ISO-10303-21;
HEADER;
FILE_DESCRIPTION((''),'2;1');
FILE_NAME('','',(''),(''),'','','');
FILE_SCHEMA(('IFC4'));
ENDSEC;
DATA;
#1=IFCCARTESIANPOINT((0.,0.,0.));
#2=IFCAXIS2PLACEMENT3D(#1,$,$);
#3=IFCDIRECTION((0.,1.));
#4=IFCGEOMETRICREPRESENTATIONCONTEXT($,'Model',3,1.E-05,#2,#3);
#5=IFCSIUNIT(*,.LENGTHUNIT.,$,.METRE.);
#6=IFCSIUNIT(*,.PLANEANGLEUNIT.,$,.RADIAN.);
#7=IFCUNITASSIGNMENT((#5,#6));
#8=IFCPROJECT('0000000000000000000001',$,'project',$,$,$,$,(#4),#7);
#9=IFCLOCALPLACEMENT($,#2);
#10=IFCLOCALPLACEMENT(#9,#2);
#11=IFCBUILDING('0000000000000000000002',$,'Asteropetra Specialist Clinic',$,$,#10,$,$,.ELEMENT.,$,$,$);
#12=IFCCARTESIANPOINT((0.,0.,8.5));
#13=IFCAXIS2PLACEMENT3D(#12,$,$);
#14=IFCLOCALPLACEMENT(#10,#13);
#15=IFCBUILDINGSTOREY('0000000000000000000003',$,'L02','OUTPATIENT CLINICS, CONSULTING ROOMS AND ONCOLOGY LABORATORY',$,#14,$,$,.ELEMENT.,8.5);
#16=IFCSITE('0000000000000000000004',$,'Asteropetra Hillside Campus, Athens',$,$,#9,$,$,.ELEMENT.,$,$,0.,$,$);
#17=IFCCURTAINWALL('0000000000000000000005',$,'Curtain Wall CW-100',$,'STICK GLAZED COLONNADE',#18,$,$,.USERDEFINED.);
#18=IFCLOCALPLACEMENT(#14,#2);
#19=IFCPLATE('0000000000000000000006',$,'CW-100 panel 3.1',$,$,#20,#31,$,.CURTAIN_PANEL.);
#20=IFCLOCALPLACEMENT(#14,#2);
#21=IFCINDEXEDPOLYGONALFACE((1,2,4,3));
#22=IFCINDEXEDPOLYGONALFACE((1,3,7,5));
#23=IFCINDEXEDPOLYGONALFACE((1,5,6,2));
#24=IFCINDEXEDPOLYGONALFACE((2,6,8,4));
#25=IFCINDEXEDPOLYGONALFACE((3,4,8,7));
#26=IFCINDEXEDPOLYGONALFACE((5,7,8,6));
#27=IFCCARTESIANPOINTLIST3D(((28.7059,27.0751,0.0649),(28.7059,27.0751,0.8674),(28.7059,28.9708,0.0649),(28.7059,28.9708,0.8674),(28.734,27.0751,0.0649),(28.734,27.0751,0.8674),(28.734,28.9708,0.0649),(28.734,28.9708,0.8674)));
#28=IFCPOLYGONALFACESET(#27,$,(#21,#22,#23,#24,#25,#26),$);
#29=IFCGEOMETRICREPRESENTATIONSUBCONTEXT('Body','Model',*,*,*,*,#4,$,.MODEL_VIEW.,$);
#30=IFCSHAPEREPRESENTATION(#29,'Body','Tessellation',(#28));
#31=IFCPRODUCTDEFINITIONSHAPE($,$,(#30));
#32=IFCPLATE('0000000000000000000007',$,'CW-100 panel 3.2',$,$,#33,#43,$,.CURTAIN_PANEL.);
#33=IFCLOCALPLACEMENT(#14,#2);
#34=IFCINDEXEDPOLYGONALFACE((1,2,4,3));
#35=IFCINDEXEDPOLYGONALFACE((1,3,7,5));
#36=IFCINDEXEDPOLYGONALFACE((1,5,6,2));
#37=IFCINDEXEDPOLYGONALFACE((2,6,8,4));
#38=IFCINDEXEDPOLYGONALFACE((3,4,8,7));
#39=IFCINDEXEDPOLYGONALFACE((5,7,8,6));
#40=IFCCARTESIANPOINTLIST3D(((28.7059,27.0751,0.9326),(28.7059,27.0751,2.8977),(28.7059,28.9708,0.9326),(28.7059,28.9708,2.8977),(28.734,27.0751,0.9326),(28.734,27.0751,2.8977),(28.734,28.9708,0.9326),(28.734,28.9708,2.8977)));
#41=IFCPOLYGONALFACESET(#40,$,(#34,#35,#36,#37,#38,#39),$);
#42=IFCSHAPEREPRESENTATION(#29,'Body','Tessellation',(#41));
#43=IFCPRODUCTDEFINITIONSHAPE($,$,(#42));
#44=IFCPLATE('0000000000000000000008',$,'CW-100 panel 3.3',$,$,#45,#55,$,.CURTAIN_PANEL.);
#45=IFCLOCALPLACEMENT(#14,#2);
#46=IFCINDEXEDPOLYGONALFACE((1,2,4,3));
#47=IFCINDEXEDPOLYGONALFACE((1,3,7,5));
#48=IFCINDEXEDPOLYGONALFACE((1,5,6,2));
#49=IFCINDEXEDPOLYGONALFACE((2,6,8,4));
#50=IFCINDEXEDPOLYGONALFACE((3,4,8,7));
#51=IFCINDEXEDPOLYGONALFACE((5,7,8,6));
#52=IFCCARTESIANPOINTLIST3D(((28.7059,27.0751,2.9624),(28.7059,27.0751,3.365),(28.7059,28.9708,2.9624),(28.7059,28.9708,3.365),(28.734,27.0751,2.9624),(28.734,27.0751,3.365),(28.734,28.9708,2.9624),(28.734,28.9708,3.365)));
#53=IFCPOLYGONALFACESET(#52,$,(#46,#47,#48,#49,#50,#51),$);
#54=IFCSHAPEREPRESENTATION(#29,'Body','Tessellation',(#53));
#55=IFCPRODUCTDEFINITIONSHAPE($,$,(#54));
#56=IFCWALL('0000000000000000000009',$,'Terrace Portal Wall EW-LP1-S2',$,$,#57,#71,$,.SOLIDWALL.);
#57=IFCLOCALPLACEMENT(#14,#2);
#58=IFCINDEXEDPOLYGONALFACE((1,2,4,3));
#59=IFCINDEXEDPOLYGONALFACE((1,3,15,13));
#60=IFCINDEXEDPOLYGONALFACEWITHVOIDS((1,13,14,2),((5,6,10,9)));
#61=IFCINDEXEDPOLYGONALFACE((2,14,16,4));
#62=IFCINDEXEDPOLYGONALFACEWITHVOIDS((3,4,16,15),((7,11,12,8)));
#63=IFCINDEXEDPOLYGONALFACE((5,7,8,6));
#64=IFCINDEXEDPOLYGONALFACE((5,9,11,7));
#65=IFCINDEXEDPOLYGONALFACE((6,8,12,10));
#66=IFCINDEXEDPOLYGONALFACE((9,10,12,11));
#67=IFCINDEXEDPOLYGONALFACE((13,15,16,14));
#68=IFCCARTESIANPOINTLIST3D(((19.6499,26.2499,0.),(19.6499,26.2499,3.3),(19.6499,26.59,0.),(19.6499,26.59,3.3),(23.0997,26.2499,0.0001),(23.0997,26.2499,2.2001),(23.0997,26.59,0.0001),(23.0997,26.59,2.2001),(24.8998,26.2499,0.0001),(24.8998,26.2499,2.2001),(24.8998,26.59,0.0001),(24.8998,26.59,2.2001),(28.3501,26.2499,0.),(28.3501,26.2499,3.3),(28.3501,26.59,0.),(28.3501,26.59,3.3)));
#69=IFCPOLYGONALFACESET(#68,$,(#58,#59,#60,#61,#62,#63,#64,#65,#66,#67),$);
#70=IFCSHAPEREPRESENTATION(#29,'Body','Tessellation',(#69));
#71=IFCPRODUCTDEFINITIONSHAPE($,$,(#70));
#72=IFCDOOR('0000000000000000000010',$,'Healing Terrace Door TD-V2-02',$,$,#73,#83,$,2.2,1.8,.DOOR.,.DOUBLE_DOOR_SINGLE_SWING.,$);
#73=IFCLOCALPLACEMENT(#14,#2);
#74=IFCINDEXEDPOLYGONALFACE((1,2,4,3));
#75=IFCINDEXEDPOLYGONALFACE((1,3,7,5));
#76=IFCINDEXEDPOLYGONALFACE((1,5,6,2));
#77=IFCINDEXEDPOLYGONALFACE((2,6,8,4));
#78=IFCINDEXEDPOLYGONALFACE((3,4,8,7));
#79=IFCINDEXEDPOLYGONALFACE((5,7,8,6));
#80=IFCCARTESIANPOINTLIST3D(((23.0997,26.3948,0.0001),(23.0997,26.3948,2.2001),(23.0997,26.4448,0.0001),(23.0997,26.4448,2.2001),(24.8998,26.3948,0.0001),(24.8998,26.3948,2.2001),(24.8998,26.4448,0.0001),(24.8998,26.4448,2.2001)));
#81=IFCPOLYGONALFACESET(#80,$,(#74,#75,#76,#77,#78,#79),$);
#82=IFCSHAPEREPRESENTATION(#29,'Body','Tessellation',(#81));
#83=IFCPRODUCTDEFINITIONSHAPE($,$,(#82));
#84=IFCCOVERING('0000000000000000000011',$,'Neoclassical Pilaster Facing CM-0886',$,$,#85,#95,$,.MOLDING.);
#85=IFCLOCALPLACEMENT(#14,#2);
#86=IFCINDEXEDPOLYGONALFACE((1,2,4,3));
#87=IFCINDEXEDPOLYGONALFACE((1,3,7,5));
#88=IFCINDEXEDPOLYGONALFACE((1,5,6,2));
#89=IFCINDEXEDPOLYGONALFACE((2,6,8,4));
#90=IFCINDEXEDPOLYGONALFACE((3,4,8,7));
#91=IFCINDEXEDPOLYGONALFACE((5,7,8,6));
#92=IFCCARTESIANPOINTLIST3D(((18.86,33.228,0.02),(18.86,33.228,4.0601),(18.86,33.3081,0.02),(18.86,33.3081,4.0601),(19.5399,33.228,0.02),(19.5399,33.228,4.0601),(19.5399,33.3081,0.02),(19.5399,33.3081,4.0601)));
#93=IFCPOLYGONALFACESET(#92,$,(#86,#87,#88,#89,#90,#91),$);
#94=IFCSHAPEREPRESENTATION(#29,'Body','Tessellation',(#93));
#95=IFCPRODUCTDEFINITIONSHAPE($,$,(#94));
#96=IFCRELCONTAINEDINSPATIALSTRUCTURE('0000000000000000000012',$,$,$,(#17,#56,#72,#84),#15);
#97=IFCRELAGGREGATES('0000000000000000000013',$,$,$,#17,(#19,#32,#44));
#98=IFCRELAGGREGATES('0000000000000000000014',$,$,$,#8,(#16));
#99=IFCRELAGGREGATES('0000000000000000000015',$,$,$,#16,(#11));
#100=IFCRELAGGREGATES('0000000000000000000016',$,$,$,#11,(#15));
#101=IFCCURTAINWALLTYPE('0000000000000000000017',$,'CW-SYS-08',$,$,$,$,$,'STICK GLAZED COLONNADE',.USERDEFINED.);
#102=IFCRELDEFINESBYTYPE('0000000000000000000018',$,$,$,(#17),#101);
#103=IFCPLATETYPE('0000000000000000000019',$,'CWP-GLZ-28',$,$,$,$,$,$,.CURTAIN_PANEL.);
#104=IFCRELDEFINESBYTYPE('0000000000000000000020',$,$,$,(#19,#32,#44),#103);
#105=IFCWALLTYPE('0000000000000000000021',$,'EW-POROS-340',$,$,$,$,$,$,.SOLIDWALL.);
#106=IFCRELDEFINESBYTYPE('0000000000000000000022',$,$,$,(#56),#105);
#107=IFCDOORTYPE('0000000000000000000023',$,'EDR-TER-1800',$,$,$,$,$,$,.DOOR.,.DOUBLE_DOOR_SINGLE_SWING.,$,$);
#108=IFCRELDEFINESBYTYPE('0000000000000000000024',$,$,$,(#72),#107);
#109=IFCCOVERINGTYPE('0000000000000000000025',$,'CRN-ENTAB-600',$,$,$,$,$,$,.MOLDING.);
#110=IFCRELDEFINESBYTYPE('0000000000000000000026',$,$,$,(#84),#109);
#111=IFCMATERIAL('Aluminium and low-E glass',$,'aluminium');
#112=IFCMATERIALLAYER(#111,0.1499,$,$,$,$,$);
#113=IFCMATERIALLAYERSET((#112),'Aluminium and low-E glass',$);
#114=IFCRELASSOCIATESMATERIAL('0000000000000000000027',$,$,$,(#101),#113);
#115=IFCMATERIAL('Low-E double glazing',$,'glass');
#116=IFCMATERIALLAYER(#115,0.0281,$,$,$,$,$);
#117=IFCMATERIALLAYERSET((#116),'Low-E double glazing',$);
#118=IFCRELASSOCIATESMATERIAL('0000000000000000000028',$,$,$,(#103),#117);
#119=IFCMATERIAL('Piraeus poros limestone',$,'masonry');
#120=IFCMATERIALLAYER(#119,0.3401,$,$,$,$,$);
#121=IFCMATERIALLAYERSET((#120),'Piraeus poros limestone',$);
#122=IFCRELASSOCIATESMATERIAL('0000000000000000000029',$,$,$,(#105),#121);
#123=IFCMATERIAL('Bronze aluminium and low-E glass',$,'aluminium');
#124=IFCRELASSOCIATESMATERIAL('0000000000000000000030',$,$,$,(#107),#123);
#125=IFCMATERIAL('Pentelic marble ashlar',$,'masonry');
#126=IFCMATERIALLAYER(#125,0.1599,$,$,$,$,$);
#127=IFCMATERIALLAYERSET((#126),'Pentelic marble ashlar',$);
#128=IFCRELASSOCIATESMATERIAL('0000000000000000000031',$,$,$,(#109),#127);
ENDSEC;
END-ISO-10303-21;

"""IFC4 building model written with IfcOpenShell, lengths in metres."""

from ifc_helpers import new_model, si_unit, direction, frame, frame_2d, origin, origin_2d, place, context, subcontext, project, spatial, rectangle, extrude, material, layer, layer_set, type_object, element, fill, aggregate, save


model = new_model("IFC4")

# Units and contexts
model_context = context("Model", 3, precision=1e-05, world=origin(), true_north=direction((0.0, 1.0)))
body_context = subcontext(model_context, "Body", "Model", "MODEL_VIEW")
ifc_project = project(units=[si_unit("LENGTHUNIT", "METRE"), si_unit("PLANEANGLEUNIT", "RADIAN")], contexts=[model_context])

# Site, building, storey
site_placement = place(None, origin())
site = spatial("IfcSite", under=ifc_project, at=site_placement, Name="Asteropetra Hillside Campus, Athens", CompositionType="ELEMENT", RefElevation=0.0)
building_placement = place(site_placement, origin())
building = spatial("IfcBuilding", under=site, at=building_placement, Name="Asteropetra Specialist Clinic", CompositionType="ELEMENT")
storey_placement = place(building_placement, frame((0.0, 0.0, 8.5)))
storey = spatial("IfcBuildingStorey", under=building, at=storey_placement, Name="L02", Description="OUTPATIENT CLINICS, CONSULTING ROOMS AND ONCOLOGY LABORATORY", CompositionType="ELEMENT", Elevation=8.5)

# Curtain wall
ifc_material_1 = material(Name="Aluminium and low-E glass", Category="aluminium")
ifc_layer_1 = layer(ifc_material_1, 0.1499)
ifc_layer_set_1 = layer_set([ifc_layer_1], Name="Aluminium and low-E glass")
curtain_wall_type = type_object("IfcCurtainWallType", Name="CW-SYS-08", ElementType="STICK GLAZED COLONNADE", PredefinedType="USERDEFINED", material=ifc_layer_set_1)
curtain_wall_placement = place(storey_placement, origin())
curtain_wall = element("IfcCurtainWall", 1, at=curtain_wall_placement, inside=storey, type_object=curtain_wall_type, Name="Curtain Wall CW-100", ObjectType="STICK GLAZED COLONNADE", PredefinedType="USERDEFINED")

# Plates
ifc_material_2 = material(Name="Low-E double glazing", Category="glass")
ifc_layer_2 = layer(ifc_material_2, 0.0281)
ifc_layer_set_2 = layer_set([ifc_layer_2], Name="Low-E double glazing")
plate_type = type_object("IfcPlateType", Name="CWP-GLZ-28", PredefinedType="CURTAIN_PANEL", material=ifc_layer_set_2)
plate_1_placement = place(storey_placement, frame((28.72, 28.0229, 0.0649), z_axis=(0.0, 0.0, 1.0), x_axis=(0.0, -1.0, 0.0)))
plate_1 = element("IfcPlate", 2, at=plate_1_placement, type_object=plate_type, Name="CW-100 panel 3.1", PredefinedType="CURTAIN_PANEL", context=body_context, shape_type="SweptSolid", body=[
    extrude(rectangle(XDim=1.8958, YDim=0.0281, at=origin_2d()), origin(), (0.0, 0.0, 1.0), 0.8025),
])
plate_2_placement = place(storey_placement, frame((28.72, 28.0229, 0.9326), z_axis=(0.0, 0.0, 1.0), x_axis=(0.0, -1.0, 0.0)))
plate_2 = element("IfcPlate", 3, at=plate_2_placement, type_object=plate_type, Name="CW-100 panel 3.2", PredefinedType="CURTAIN_PANEL", context=body_context, shape_type="SweptSolid", body=[
    extrude(rectangle(XDim=1.8958, YDim=0.0281, at=origin_2d()), origin(), (0.0, 0.0, 1.0), 1.9651),
])
plate_3_placement = place(storey_placement, frame((28.72, 28.0229, 2.9624), z_axis=(0.0, 0.0, 1.0), x_axis=(0.0, -1.0, 0.0)))
plate_3 = element("IfcPlate", 4, at=plate_3_placement, type_object=plate_type, Name="CW-100 panel 3.3", PredefinedType="CURTAIN_PANEL", context=body_context, shape_type="SweptSolid", body=[
    extrude(rectangle(XDim=1.8958, YDim=0.0281, at=origin_2d()), origin(), (0.0, 0.0, 1.0), 0.4026),
])
aggregate(curtain_wall, [plate_1, plate_2, plate_3])

# Wall, opening, door
ifc_material_3 = material(Name="Piraeus poros limestone", Category="masonry")
ifc_layer_3 = layer(ifc_material_3, 0.3401)
ifc_layer_set_3 = layer_set([ifc_layer_3], Name="Piraeus poros limestone")
wall_type = type_object("IfcWallType", Name="EW-POROS-340", PredefinedType="SOLIDWALL", material=ifc_layer_set_3)
wall_placement = place(storey_placement, frame((19.6499, 26.4199, 0.0), z_axis=(0.0, 0.0, 1.0), x_axis=(1.0, 0.0, 0.0)))
wall = element("IfcWall", 5, at=wall_placement, inside=storey, type_object=wall_type, Name="Terrace Portal Wall EW-LP1-S2", PredefinedType="SOLIDWALL", context=body_context, shape_type="SweptSolid", body=[
    extrude(rectangle(XDim=8.7002, YDim=0.3401, at=frame_2d((4.3501, 0.0))), origin(), (0.0, 0.0, 1.0), 3.3),
])
opening_placement = place(wall_placement, frame((3.45, 0.0, 0.0)))
opening = element("IfcOpeningElement", 6, at=opening_placement, cuts=wall, PredefinedType="OPENING", context=body_context, shape_type="SweptSolid", body=[
    extrude(rectangle(XDim=1.8, YDim=2.2, at=frame_2d((0.8999, 1.1001))), frame((0.0, 0.1799, 0.0), z_axis=(0.0, -1.0, 0.0), x_axis=(1.0, 0.0, 0.0)), (0.0, 0.0, 1.0), 0.3601),
])
ifc_material_4 = material(Name="Bronze aluminium and low-E glass", Category="aluminium")
door_type = type_object("IfcDoorType", Name="EDR-TER-1800", OperationType="DOUBLE_DOOR_SINGLE_SWING", PredefinedType="DOOR", material=ifc_material_4)
door_placement = place(opening_placement, origin())
door = element("IfcDoor", 7, at=door_placement, inside=storey, type_object=door_type, Name="Healing Terrace Door TD-V2-02", OperationType="DOUBLE_DOOR_SINGLE_SWING", OverallHeight=2.2, OverallWidth=1.8, PredefinedType="DOOR", context=body_context, shape_type="SweptSolid", body=[
    extrude(rectangle(XDim=1.8, YDim=2.2, at=frame_2d((0.8999, 1.1001))), frame((0.0, 0.0249, 0.0), z_axis=(0.0, -1.0, 0.0), x_axis=(1.0, 0.0, 0.0)), (0.0, 0.0, 1.0), 0.05),
])
fill(opening, door)

# Covering
ifc_material_5 = material(Name="Pentelic marble ashlar", Category="masonry")
ifc_layer_4 = layer(ifc_material_5, 0.1599)
ifc_layer_set_4 = layer_set([ifc_layer_4], Name="Pentelic marble ashlar")
covering_type = type_object("IfcCoveringType", Name="CRN-ENTAB-600", PredefinedType="MOLDING", material=ifc_layer_set_4)
covering_placement = place(storey_placement, frame((19.2, 33.2681, 0.02), z_axis=(0.0, 0.0, 1.0), x_axis=(1.0, 0.0, 0.0)))
element("IfcCovering", 8, at=covering_placement, inside=storey, type_object=covering_type, Name="Neoclassical Pilaster Facing CM-0886", PredefinedType="MOLDING", context=body_context, shape_type="SweptSolid", body=[
    extrude(rectangle(XDim=0.6799, YDim=0.0801, at=origin_2d()), origin(), (0.0, 0.0, 1.0), 4.04),
])

save(model, "model.ifc")
